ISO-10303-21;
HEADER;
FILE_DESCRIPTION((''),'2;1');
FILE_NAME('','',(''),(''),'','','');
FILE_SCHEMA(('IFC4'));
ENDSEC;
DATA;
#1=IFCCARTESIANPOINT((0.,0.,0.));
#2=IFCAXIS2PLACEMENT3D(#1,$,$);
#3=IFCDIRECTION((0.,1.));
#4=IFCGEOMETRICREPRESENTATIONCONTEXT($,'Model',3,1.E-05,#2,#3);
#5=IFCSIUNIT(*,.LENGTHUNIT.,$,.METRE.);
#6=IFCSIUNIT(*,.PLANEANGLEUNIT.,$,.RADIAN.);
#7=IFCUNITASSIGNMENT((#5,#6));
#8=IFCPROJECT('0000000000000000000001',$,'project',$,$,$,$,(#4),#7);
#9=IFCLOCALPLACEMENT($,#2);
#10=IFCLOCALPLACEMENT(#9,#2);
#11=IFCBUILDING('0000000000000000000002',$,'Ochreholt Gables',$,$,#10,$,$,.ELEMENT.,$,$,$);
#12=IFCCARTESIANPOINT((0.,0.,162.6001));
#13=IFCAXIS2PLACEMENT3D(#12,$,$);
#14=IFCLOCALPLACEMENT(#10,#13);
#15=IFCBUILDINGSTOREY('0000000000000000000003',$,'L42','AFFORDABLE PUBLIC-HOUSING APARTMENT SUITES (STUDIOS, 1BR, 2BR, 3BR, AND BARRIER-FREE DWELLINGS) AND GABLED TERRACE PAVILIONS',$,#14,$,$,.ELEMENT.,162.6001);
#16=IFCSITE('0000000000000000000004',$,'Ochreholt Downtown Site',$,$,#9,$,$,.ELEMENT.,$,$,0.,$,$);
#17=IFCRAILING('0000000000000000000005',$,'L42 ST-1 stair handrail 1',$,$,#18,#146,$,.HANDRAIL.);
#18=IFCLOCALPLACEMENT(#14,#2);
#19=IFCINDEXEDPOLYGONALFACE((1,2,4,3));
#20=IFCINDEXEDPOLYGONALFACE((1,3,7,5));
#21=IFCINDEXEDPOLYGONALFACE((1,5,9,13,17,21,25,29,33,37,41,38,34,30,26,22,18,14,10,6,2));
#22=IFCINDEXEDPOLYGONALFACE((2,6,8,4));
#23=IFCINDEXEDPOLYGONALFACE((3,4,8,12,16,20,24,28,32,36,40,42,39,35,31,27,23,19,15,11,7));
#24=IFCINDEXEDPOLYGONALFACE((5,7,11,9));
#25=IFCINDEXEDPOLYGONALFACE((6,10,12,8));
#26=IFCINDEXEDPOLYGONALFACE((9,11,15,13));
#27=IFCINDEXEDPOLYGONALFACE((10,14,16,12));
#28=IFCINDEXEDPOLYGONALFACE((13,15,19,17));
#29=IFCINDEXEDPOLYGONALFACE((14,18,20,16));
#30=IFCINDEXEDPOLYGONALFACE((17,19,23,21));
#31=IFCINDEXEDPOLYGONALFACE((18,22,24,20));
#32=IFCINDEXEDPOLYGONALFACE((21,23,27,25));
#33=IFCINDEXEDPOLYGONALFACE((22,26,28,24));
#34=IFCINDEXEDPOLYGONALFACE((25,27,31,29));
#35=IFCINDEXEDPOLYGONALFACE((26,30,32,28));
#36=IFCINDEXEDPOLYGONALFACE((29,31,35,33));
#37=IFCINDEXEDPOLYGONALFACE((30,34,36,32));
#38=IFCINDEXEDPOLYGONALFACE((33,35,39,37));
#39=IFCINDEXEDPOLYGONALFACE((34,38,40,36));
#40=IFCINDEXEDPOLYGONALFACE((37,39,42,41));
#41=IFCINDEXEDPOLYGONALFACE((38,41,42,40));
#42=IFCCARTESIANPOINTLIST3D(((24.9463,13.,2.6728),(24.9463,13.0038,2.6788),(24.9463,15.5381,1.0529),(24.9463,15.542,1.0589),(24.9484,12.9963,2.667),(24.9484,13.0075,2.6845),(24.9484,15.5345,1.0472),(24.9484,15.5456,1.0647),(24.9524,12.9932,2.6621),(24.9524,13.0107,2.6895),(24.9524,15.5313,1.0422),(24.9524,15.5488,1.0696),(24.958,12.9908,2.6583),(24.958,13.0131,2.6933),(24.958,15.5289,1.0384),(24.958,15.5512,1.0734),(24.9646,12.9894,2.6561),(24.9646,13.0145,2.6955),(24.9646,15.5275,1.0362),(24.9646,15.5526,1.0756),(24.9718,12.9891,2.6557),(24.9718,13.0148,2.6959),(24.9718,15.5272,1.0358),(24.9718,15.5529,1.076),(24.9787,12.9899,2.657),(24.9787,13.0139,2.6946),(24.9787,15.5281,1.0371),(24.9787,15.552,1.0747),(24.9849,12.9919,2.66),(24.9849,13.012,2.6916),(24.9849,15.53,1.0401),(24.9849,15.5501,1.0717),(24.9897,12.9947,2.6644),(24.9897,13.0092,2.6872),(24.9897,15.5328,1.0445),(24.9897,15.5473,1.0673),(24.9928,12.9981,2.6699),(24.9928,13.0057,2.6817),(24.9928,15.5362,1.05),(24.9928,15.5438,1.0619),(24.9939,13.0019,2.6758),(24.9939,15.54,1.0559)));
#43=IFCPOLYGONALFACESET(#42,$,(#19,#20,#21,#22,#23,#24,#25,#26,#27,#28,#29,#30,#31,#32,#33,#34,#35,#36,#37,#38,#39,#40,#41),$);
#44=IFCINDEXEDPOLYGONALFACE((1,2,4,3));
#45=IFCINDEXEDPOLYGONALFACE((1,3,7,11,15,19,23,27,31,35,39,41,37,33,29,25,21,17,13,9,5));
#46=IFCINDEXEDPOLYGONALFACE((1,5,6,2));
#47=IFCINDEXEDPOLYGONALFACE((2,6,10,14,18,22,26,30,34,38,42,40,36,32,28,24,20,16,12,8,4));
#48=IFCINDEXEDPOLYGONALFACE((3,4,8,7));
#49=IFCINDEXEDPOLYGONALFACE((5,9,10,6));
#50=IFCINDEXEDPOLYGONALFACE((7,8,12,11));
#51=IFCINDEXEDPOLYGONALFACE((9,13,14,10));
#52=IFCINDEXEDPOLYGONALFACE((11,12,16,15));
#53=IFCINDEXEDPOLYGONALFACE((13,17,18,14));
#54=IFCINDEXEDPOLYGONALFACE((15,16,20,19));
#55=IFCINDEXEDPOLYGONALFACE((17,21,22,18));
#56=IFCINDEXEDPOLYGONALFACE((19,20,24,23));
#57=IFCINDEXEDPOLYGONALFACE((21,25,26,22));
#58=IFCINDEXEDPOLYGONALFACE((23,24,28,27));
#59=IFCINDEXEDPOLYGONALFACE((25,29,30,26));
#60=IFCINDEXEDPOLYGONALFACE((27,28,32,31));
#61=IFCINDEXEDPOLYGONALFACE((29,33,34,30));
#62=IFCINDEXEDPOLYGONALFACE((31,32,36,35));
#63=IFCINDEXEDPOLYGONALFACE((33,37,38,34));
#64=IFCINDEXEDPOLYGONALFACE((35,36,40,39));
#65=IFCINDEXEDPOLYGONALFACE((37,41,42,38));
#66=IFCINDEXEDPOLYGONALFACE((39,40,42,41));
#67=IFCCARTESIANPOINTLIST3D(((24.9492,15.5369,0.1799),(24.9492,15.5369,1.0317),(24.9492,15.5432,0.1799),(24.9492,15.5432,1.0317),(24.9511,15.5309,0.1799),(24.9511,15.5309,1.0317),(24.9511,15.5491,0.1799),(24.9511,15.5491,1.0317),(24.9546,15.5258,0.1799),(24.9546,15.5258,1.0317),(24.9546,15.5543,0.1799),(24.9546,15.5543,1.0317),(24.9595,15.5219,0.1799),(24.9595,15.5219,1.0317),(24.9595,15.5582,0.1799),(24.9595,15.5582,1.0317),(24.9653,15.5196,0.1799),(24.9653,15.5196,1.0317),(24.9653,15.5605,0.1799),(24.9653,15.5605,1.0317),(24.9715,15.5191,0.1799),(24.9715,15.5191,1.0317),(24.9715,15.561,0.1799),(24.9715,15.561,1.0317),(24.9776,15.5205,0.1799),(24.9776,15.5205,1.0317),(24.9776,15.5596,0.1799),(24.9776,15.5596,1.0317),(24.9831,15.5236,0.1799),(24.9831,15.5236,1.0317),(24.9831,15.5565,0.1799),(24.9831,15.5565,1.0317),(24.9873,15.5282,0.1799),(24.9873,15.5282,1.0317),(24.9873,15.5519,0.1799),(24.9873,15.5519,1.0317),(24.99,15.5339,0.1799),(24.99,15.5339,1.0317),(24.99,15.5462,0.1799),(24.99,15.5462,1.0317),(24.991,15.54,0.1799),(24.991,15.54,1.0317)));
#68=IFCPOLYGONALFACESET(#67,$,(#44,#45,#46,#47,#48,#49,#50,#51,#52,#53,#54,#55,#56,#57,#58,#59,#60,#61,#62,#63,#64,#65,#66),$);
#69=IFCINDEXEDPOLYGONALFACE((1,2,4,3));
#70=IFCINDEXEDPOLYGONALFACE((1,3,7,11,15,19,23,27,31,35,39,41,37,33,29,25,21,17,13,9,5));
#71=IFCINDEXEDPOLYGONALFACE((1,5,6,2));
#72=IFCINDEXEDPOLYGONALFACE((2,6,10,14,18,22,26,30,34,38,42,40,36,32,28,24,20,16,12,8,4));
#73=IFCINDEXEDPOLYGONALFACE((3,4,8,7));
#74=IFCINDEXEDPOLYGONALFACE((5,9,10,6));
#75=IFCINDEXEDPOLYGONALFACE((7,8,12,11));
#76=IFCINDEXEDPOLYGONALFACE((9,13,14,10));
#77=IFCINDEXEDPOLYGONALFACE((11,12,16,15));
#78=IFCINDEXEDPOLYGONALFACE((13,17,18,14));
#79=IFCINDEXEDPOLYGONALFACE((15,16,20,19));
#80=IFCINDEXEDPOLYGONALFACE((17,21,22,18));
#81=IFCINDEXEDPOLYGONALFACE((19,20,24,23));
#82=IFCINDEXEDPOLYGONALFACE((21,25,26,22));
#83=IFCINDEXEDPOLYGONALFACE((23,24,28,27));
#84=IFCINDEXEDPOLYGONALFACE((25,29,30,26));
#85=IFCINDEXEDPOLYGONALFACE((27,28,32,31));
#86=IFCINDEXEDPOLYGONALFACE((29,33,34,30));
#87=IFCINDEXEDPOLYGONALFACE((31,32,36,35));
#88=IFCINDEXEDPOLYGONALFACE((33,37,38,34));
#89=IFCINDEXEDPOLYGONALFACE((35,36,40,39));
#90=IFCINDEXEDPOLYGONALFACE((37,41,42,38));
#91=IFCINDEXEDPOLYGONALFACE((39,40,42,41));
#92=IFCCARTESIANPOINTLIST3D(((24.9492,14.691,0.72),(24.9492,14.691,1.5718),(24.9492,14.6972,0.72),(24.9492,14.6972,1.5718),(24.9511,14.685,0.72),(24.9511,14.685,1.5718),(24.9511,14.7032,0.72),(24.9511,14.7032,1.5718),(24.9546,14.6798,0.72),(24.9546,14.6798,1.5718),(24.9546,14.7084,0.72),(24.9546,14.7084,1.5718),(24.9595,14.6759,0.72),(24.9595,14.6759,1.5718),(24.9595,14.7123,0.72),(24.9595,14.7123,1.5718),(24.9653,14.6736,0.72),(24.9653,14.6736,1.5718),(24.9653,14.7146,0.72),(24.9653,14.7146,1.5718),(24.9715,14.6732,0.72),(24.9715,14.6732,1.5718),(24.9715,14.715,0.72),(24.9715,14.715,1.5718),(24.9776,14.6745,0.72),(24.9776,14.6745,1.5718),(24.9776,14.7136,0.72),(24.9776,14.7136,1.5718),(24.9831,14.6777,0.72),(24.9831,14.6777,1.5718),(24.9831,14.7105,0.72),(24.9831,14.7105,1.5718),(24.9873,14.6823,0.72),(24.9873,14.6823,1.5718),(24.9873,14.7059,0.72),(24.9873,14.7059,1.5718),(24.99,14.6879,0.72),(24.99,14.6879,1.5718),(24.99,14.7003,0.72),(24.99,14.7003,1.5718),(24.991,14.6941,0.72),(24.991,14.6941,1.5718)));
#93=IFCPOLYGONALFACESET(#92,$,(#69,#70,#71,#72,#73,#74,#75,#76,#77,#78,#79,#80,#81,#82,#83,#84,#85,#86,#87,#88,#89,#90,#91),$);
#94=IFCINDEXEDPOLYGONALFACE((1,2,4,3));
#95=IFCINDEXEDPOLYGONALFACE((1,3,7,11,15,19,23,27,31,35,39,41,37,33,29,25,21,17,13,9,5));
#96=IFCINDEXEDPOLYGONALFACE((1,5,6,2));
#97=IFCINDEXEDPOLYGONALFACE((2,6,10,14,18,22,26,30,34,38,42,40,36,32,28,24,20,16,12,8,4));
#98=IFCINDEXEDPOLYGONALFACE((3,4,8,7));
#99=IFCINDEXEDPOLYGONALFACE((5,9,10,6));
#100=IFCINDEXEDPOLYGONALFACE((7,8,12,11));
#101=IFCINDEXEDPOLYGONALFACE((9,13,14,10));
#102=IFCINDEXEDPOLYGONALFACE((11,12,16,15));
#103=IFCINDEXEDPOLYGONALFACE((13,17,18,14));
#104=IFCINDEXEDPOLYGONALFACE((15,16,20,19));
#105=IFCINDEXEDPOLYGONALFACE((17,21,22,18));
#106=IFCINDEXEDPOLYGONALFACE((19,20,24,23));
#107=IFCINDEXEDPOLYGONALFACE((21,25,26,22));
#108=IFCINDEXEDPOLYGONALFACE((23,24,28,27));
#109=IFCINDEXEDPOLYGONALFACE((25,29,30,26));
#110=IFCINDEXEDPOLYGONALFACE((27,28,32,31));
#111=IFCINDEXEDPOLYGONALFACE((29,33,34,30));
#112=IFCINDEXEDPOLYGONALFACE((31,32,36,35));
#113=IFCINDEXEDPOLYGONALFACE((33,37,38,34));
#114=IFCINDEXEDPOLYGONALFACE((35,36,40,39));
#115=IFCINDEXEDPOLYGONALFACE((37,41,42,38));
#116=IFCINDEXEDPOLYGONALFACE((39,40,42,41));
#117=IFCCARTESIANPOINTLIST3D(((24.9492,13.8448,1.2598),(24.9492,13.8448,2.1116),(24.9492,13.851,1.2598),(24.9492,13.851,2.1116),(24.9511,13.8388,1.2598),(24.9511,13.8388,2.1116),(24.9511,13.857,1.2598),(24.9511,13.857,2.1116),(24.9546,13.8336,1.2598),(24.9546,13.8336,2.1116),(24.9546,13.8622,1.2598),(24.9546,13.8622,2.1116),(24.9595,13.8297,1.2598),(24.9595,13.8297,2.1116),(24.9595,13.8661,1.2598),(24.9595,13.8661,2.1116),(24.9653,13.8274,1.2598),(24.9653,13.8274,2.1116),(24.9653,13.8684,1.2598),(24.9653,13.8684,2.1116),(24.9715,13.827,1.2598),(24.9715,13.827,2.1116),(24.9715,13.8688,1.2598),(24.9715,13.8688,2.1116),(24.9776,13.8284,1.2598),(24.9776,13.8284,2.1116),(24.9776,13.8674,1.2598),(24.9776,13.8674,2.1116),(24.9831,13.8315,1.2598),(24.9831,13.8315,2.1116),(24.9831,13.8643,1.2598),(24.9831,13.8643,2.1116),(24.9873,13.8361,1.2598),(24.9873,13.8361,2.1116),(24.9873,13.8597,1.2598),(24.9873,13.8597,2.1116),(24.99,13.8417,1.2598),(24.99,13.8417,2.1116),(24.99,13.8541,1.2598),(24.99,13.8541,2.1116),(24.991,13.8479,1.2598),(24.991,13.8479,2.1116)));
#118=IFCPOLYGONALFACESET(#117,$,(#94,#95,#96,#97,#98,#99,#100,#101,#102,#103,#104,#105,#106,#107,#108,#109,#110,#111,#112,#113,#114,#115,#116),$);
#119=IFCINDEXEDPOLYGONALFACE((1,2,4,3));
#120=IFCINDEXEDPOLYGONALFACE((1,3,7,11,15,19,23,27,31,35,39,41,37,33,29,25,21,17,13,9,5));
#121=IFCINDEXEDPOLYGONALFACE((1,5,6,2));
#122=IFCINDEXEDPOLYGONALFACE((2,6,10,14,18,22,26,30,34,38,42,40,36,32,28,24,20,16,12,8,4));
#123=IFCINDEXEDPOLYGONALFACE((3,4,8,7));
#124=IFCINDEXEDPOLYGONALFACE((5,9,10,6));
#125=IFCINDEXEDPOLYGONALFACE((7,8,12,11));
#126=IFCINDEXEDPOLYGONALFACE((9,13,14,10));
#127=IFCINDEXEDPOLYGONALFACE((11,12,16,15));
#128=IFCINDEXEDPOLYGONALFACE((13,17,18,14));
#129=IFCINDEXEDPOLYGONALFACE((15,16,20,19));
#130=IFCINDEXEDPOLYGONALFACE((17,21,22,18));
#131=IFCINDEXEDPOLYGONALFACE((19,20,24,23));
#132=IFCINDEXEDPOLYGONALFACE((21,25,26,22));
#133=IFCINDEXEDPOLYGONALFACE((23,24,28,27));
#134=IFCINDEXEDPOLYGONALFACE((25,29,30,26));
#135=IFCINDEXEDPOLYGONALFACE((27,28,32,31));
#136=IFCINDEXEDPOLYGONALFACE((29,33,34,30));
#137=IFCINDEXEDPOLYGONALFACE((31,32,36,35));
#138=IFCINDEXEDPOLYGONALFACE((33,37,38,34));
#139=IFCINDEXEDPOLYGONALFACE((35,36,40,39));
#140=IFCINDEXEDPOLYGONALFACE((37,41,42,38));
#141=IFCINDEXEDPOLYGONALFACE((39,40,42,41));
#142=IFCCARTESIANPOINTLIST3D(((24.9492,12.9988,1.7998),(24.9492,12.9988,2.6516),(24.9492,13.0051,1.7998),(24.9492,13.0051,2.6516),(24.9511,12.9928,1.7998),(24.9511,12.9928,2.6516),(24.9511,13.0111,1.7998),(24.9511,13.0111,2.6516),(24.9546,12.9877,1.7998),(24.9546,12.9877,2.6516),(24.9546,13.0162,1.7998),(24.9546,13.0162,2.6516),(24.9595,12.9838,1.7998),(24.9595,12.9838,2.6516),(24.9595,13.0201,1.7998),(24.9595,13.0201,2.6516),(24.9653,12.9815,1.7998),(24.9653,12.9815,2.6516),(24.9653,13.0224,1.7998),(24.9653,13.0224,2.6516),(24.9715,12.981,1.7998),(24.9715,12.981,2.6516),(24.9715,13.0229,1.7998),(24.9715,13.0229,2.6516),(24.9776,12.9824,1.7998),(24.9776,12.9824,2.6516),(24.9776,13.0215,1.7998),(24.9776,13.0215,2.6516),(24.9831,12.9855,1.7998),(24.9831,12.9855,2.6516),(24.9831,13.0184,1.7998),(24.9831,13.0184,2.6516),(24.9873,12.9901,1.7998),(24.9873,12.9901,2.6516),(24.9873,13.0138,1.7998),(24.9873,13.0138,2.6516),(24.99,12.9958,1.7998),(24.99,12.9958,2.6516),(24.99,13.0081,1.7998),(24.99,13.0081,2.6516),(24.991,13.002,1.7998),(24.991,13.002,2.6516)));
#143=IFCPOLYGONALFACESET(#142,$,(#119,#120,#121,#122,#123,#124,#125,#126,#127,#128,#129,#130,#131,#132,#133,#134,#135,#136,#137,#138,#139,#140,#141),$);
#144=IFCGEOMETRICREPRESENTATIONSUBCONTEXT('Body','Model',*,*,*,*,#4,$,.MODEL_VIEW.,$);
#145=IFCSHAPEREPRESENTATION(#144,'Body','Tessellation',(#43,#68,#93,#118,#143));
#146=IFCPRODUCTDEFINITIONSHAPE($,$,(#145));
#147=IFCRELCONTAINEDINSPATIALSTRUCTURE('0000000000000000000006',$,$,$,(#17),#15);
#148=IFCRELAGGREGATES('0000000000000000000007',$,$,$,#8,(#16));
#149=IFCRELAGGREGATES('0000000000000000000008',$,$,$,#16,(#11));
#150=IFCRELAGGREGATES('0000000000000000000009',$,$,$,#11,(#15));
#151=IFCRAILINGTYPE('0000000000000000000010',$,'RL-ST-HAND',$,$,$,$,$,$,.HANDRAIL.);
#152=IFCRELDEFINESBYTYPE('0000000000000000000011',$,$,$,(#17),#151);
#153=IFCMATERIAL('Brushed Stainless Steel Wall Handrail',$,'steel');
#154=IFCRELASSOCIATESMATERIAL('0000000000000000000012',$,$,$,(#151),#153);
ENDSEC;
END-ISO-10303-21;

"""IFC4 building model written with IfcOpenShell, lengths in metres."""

from ifc_helpers import new_model, si_unit, direction, frame, origin, origin_2d, place, context, subcontext, project, spatial, circle, extrude, material, type_object, element, save


model = new_model("IFC4")

# Units and contexts
model_context = context("Model", 3, precision=1e-05, world=origin(), true_north=direction((0.0, 1.0)))
body_context = subcontext(model_context, "Body", "Model", "MODEL_VIEW")
ifc_project = project(units=[si_unit("LENGTHUNIT", "METRE"), si_unit("PLANEANGLEUNIT", "RADIAN")], contexts=[model_context])

# Site, building, storey
site_placement = place(None, origin())
site = spatial("IfcSite", under=ifc_project, at=site_placement, Name="Ochreholt Downtown Site", CompositionType="ELEMENT", RefElevation=0.0)
building_placement = place(site_placement, origin())
building = spatial("IfcBuilding", under=site, at=building_placement, Name="Ochreholt Gables", CompositionType="ELEMENT")
storey_placement = place(building_placement, frame((0.0, 0.0, 162.6001)))
storey = spatial("IfcBuildingStorey", under=building, at=storey_placement, Name="L42", Description="AFFORDABLE PUBLIC-HOUSING APARTMENT SUITES (STUDIOS, 1BR, 2BR, 3BR, AND BARRIER-FREE DWELLINGS) AND GABLED TERRACE PAVILIONS", CompositionType="ELEMENT", Elevation=162.6001)

# Railing
ifc_material_1 = material(Name="Brushed Stainless Steel Wall Handrail", Category="steel")
railing_type_1 = type_object("IfcRailingType", Name="RL-ST-HAND", PredefinedType="HANDRAIL", material=ifc_material_1)
railing_1_placement = place(storey_placement, frame((24.97, 15.54, 0.1799)))
element("IfcRailing", 1, at=railing_1_placement, inside=storey, type_object=railing_type_1, Name="L42 ST-1 stair handrail 1", PredefinedType="HANDRAIL", context=body_context, shape_type="SweptSolid", body=[
    extrude(circle(Radius=0.0239, at=origin_2d()), frame((0.0, 0.0, 0.876), z_axis=(0.0, -0.84295, 0.537993), x_axis=(1.0, 0.0, 0.0)), (0.0, 0.0, 1.0), 3.011),
    extrude(circle(Radius=0.021, at=origin_2d()), origin(), (0.0, 0.0, 1.0), 0.8518),
    extrude(circle(Radius=0.021, at=origin_2d()), frame((0.0, -0.8459, 0.54)), (0.0, 0.0, 1.0), 0.8518),
    extrude(circle(Radius=0.021, at=origin_2d()), frame((0.0, -1.6921, 1.0798)), (0.0, 0.0, 1.0), 0.8518),
    extrude(circle(Radius=0.021, at=origin_2d()), frame((0.0, -2.5381, 1.6199)), (0.0, 0.0, 1.0), 0.8518),
])

save(model, "model.ifc")
